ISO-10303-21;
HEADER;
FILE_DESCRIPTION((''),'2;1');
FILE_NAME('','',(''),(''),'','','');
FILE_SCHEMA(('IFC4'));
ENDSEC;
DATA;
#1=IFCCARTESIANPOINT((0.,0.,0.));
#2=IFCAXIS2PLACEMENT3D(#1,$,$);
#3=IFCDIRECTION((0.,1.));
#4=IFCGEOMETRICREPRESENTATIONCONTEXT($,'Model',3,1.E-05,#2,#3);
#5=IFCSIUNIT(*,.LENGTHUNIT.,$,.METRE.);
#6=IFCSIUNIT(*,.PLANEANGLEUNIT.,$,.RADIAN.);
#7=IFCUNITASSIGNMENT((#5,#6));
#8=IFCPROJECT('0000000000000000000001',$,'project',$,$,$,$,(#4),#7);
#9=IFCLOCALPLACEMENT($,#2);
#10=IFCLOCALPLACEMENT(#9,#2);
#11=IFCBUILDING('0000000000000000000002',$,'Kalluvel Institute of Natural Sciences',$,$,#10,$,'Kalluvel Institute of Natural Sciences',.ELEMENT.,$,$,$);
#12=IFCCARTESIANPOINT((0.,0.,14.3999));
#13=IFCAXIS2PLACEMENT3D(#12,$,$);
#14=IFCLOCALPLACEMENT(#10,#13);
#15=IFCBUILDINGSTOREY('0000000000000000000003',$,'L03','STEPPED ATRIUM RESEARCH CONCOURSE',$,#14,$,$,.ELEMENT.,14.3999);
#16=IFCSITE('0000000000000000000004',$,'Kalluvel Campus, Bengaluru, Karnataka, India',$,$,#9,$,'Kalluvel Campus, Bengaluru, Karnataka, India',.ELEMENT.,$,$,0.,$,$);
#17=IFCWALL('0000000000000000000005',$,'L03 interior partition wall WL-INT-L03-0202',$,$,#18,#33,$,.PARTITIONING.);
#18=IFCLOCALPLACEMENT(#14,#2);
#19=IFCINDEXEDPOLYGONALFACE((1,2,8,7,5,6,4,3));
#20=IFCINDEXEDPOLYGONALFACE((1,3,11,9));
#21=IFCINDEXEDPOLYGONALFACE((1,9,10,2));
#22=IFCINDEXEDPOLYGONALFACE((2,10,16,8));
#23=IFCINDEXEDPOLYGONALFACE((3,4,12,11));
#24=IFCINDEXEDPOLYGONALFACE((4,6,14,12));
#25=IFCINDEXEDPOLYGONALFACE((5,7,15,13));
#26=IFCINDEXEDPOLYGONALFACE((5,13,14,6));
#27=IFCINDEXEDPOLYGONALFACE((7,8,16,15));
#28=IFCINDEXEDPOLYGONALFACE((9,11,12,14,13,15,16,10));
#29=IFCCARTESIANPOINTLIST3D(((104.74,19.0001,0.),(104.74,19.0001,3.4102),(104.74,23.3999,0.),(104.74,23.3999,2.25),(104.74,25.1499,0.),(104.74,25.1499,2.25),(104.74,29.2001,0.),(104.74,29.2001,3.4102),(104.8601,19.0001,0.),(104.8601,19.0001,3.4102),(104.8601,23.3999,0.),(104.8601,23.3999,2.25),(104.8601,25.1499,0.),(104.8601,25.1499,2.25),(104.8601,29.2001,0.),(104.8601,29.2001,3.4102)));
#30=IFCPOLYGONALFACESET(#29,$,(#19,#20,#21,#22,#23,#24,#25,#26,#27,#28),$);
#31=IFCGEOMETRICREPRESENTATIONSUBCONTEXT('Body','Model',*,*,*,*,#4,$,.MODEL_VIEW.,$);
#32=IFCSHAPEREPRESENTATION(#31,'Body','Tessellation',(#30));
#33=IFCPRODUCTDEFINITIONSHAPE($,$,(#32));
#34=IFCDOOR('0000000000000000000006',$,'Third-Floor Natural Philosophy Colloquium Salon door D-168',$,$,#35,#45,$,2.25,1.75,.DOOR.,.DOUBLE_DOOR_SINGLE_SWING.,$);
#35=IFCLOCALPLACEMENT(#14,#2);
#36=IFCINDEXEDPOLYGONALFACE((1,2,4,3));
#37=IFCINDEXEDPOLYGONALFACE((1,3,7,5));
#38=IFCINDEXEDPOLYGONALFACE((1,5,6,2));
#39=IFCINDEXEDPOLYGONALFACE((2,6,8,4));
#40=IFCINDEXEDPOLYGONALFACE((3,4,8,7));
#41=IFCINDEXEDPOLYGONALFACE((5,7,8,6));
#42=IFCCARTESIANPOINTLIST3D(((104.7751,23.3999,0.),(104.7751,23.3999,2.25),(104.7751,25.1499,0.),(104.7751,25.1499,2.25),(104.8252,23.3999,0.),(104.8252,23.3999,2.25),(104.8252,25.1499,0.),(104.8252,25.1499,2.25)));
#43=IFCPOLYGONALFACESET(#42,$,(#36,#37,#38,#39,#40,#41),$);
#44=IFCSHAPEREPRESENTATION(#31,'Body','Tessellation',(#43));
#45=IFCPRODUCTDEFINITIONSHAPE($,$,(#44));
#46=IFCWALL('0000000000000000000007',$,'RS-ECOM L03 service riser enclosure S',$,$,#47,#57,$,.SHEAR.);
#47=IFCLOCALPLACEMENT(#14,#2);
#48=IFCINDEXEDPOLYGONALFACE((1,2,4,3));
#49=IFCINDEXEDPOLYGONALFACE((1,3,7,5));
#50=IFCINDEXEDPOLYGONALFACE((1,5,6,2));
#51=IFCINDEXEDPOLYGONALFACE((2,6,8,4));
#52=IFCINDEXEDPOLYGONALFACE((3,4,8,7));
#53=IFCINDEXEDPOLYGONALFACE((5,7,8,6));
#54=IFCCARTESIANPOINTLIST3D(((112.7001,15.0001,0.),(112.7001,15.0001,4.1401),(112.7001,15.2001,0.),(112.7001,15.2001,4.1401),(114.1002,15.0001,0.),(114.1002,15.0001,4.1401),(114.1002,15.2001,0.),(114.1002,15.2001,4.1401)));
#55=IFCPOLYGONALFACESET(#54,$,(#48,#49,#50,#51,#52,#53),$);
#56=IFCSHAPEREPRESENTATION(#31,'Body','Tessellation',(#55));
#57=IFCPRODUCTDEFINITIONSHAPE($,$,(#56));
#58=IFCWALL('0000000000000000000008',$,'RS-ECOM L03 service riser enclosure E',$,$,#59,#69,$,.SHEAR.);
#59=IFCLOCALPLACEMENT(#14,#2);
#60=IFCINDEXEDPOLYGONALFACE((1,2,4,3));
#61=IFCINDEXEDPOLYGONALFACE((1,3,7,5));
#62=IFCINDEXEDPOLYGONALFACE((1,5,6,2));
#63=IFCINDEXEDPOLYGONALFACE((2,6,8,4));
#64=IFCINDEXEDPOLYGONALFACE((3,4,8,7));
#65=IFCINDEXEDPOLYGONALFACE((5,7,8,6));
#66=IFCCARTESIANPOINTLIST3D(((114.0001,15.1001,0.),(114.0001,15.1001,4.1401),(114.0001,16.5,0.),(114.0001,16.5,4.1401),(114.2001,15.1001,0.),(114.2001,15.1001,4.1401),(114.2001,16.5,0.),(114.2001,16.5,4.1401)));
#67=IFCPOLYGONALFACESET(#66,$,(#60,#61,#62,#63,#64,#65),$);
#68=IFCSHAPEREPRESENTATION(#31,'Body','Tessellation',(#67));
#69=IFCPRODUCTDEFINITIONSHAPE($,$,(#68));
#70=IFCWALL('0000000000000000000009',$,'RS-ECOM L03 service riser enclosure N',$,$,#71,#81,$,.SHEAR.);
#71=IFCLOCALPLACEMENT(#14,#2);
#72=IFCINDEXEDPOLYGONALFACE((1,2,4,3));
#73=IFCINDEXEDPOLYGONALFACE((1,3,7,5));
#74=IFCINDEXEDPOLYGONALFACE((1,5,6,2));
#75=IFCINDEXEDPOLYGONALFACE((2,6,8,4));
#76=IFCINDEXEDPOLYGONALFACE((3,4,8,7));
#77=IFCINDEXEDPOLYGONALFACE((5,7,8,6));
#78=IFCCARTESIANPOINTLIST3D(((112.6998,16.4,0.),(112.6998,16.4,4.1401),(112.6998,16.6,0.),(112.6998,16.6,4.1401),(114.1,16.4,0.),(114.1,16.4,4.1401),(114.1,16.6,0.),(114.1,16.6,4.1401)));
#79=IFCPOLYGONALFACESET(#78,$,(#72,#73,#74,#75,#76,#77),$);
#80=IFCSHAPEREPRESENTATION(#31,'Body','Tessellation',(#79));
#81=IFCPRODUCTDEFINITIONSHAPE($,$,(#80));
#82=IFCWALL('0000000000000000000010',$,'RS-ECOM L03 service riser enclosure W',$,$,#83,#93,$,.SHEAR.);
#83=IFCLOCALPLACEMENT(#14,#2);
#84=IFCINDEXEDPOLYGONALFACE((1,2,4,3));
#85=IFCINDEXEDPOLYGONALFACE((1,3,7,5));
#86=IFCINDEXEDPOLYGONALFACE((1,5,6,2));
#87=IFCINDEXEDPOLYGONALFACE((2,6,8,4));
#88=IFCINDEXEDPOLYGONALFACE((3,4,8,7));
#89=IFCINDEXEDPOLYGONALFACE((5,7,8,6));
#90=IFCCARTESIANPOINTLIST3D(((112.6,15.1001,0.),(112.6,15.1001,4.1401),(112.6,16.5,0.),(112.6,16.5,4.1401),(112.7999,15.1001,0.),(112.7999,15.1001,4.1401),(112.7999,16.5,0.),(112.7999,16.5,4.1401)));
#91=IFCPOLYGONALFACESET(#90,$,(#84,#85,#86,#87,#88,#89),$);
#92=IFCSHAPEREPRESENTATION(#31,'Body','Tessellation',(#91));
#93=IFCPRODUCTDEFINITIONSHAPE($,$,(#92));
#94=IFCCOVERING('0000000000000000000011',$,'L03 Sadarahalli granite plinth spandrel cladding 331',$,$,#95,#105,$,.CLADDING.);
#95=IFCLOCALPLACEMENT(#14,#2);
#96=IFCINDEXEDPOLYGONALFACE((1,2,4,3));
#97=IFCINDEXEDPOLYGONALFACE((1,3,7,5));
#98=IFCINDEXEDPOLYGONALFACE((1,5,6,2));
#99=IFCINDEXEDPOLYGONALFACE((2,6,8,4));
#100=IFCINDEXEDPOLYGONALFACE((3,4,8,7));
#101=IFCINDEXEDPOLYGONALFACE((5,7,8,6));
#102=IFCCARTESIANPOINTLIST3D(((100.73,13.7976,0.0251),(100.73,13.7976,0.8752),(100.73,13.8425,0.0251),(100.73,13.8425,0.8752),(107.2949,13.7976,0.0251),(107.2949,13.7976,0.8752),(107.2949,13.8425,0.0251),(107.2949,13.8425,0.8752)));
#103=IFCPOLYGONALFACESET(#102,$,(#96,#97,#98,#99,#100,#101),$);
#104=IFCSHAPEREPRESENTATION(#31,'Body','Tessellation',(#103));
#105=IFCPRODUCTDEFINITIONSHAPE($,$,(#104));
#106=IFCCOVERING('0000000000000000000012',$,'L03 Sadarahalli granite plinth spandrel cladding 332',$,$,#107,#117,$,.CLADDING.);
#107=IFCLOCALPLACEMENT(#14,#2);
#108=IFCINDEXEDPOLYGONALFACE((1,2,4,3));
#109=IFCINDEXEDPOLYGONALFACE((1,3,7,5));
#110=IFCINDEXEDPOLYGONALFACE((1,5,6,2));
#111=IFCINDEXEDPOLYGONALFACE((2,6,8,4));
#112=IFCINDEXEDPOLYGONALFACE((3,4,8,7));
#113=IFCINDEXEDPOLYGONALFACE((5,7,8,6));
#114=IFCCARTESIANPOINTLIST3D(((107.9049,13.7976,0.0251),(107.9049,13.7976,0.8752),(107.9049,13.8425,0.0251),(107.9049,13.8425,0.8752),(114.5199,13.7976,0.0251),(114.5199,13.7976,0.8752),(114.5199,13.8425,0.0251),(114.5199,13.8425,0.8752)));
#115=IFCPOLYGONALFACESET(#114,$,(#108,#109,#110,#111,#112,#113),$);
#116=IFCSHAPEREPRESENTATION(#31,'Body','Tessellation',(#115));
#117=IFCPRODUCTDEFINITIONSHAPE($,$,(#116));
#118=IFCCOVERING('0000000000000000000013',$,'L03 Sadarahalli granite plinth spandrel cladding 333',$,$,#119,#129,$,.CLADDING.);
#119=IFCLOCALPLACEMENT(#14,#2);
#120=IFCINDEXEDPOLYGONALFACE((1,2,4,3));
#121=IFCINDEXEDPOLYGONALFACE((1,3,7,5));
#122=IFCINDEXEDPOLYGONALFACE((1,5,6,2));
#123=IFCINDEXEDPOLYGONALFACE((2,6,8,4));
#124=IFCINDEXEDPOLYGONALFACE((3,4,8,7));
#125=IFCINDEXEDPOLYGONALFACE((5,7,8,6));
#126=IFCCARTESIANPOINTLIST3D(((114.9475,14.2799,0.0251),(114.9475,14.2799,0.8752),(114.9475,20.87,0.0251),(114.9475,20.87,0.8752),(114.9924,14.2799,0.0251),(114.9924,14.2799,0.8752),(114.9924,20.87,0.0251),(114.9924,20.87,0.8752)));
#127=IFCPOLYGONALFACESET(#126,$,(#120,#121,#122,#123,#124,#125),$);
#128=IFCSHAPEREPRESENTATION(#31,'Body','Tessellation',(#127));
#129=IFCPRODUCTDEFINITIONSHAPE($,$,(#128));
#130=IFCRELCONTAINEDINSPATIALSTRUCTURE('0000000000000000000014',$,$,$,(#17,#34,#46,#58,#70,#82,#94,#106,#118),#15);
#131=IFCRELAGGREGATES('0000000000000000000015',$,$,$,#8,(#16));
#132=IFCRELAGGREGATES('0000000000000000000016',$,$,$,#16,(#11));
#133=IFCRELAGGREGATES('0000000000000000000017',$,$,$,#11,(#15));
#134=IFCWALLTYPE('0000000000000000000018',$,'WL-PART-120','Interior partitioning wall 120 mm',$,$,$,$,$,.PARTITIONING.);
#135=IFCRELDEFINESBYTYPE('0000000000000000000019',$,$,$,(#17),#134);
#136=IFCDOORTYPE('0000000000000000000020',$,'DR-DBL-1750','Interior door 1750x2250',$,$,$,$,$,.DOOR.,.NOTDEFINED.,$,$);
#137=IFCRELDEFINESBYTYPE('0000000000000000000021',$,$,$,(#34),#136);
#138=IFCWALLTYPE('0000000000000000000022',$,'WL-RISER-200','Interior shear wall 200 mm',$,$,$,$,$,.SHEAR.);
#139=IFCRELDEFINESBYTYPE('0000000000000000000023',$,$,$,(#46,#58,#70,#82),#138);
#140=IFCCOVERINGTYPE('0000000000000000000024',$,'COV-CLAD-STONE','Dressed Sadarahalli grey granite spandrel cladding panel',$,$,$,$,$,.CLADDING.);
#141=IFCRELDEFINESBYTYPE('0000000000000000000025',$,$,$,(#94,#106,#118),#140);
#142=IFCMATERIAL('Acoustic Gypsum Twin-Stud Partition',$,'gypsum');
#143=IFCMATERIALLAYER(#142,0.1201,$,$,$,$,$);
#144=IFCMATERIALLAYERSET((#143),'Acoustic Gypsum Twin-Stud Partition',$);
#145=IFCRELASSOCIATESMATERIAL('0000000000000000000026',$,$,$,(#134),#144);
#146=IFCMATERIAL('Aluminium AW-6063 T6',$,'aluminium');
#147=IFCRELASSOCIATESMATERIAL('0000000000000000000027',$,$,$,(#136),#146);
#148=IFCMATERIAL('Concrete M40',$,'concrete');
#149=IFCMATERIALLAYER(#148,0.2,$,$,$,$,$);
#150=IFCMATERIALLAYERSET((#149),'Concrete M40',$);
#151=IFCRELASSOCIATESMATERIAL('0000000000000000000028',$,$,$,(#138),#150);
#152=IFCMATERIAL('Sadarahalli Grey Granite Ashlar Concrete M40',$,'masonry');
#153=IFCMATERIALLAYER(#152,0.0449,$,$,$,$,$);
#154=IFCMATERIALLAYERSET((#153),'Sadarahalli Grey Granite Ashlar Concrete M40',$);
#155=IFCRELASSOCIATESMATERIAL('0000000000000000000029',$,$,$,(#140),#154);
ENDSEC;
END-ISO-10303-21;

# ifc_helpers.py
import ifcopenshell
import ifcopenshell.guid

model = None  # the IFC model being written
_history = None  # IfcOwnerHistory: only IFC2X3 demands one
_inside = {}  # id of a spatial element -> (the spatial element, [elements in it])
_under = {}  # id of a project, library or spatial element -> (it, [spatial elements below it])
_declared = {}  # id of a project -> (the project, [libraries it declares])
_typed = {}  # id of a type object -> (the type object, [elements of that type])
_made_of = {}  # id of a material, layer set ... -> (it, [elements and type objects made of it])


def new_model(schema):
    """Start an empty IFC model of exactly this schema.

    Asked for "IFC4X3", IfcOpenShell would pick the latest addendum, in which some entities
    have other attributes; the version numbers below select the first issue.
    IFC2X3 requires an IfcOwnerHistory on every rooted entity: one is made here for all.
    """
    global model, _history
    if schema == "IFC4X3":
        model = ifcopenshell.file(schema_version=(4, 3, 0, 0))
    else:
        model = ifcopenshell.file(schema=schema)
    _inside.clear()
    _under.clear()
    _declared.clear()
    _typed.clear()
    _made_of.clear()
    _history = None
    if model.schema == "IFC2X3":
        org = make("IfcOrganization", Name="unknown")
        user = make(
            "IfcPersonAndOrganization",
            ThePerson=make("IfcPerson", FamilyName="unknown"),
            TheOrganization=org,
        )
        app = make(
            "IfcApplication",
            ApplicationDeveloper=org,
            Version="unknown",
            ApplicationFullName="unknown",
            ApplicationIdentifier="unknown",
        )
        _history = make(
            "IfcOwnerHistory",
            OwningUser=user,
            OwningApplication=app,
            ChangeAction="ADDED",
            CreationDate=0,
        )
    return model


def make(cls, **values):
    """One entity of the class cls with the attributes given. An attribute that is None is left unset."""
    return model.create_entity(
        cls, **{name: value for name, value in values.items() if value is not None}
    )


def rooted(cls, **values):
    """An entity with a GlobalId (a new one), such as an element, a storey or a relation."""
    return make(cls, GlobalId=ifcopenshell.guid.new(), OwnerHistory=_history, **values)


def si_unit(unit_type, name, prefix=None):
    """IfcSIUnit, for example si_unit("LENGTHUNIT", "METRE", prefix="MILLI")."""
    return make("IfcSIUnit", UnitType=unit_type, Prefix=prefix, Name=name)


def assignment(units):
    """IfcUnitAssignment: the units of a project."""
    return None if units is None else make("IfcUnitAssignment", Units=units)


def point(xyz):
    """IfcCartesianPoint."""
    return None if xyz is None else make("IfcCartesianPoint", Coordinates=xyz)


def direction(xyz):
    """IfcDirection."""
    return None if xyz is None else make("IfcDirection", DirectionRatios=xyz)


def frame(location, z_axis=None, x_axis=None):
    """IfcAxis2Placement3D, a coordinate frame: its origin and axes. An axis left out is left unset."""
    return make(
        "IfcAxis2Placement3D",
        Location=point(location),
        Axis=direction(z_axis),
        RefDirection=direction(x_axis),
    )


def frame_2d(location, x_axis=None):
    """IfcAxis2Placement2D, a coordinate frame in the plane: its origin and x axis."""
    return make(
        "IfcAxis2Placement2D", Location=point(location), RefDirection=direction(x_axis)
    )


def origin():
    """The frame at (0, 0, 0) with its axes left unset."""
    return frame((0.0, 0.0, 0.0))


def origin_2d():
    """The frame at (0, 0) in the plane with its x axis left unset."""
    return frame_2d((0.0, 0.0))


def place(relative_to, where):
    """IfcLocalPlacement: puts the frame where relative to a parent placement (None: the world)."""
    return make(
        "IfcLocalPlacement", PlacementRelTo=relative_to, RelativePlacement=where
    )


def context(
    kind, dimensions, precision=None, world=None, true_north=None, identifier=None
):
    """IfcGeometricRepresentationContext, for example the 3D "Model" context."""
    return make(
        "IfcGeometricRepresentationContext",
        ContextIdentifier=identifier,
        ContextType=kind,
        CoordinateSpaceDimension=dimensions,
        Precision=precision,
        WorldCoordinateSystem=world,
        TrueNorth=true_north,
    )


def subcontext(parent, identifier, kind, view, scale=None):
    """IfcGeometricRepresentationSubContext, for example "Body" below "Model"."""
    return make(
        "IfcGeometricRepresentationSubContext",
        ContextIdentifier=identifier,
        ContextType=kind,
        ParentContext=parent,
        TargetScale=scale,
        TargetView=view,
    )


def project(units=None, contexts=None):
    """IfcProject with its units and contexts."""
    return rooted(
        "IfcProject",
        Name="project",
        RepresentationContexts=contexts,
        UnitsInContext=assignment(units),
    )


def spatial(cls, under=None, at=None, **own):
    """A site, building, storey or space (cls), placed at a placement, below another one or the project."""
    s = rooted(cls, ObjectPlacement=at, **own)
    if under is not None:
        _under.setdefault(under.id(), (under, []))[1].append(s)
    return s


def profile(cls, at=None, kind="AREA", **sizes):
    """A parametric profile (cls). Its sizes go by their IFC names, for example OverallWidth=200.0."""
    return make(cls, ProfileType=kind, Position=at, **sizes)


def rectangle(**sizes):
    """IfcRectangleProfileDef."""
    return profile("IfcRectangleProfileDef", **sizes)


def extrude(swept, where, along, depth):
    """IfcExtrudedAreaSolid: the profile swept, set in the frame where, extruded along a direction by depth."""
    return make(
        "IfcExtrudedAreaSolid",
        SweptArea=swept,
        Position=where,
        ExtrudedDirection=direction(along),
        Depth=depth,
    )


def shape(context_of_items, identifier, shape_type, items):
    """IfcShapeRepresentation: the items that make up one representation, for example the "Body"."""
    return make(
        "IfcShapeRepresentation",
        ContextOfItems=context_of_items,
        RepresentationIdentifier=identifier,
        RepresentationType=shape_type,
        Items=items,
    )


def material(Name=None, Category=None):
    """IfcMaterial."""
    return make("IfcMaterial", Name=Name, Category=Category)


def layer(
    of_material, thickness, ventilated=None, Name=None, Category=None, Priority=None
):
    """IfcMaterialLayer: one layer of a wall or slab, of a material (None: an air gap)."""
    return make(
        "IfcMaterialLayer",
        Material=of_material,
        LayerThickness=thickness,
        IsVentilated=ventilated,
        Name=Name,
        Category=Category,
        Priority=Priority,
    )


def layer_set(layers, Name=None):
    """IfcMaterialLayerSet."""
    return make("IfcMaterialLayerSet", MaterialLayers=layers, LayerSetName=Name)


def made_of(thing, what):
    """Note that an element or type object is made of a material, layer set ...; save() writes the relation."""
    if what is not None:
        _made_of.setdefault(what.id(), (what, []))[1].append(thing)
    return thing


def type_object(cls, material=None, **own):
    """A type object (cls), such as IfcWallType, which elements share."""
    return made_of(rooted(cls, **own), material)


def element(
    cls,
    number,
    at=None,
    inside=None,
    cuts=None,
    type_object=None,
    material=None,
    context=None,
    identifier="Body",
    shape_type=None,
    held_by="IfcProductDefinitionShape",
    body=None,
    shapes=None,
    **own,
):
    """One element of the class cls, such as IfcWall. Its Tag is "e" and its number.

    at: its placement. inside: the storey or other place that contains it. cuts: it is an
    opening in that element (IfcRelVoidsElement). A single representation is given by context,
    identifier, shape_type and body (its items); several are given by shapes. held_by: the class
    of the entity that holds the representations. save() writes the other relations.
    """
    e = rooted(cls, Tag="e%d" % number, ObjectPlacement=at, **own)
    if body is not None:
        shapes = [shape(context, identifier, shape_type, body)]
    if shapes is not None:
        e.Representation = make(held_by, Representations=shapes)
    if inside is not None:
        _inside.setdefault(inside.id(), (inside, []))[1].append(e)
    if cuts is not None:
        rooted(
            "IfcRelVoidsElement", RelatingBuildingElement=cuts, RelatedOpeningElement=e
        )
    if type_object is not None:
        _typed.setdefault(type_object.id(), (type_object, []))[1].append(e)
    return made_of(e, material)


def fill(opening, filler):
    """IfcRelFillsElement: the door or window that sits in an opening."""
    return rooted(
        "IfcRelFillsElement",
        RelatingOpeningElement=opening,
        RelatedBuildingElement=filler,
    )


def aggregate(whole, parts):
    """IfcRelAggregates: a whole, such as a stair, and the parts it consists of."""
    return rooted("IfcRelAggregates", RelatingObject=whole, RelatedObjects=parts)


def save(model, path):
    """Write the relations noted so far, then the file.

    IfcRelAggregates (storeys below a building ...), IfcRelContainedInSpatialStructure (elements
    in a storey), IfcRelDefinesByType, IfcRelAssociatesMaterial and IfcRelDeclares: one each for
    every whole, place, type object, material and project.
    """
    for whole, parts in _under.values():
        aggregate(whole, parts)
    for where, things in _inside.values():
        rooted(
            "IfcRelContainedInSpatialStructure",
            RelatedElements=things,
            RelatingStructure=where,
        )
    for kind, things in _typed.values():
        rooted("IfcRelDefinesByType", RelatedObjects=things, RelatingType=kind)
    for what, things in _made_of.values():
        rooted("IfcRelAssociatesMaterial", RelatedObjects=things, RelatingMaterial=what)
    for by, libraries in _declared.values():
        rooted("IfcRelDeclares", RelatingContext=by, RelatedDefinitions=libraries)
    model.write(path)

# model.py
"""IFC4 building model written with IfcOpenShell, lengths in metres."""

from ifc_helpers import new_model, si_unit, direction, frame, frame_2d, origin, origin_2d, place, context, subcontext, project, spatial, rectangle, extrude, material, layer, layer_set, type_object, element, fill, save


model = new_model("IFC4")

# Units and contexts
model_context = context("Model", 3, precision=1e-05, world=origin(), true_north=direction((0.0, 1.0)))
body_context = subcontext(model_context, "Body", "Model", "MODEL_VIEW")
ifc_project = project(units=[si_unit("LENGTHUNIT", "METRE"), si_unit("PLANEANGLEUNIT", "RADIAN")], contexts=[model_context])

# Site, building, storey
site_placement = place(None, origin())
site = spatial("IfcSite", under=ifc_project, at=site_placement, Name="Kalluvel Campus, Bengaluru, Karnataka, India", LongName="Kalluvel Campus, Bengaluru, Karnataka, India", CompositionType="ELEMENT", RefElevation=0.0)
building_placement = place(site_placement, origin())
building = spatial("IfcBuilding", under=site, at=building_placement, Name="Kalluvel Institute of Natural Sciences", LongName="Kalluvel Institute of Natural Sciences", CompositionType="ELEMENT")
storey_placement = place(building_placement, frame((0.0, 0.0, 14.3999)))
storey = spatial("IfcBuildingStorey", under=building, at=storey_placement, Name="L03", Description="STEPPED ATRIUM RESEARCH CONCOURSE", CompositionType="ELEMENT", Elevation=14.3999)

# Shared definitions
ifc_material_1 = material(Name="Concrete M40", Category="concrete")

# Shared definitions
ifc_material_2 = material(Name="Sadarahalli Grey Granite Ashlar Concrete M40", Category="masonry")

# Wall, opening, door
ifc_material_3 = material(Name="Acoustic Gypsum Twin-Stud Partition", Category="gypsum")
ifc_layer_1 = layer(ifc_material_3, 0.1201)
ifc_layer_set_1 = layer_set([ifc_layer_1], Name="Acoustic Gypsum Twin-Stud Partition")
wall_type_1 = type_object("IfcWallType", Name="WL-PART-120", Description="Interior partitioning wall 120 mm", PredefinedType="PARTITIONING", material=ifc_layer_set_1)
wall_1_placement = place(storey_placement, frame((104.8, 19.0, 0.0), z_axis=(0.0, 0.0, 1.0), x_axis=(0.0, 1.0, 0.0)))
wall_1 = element("IfcWall", 1, at=wall_1_placement, inside=storey, type_object=wall_type_1, Name="L03 interior partition wall WL-INT-L03-0202", PredefinedType="PARTITIONING", context=body_context, shape_type="SweptSolid", body=[
    extrude(rectangle(XDim=10.2, YDim=0.1201, at=frame_2d((5.1001, 0.0))), origin(), (0.0, 0.0, 1.0), 3.4102),
])
opening_1_placement = place(wall_1_placement, frame((4.3999, 0.0, 0.0)))
opening_1 = element("IfcOpeningElement", 2, at=opening_1_placement, cuts=wall_1, PredefinedType="OPENING", context=body_context, shape_type="SweptSolid", body=[
    extrude(rectangle(XDim=1.75, YDim=2.25, at=frame_2d((0.875, 1.125))), frame((0.0, 0.0701, 0.0), z_axis=(0.0, -1.0, 0.0), x_axis=(1.0, 0.0, 0.0)), (0.0, 0.0, 1.0), 0.1401),
])
ifc_material_4 = material(Name="Aluminium AW-6063 T6", Category="aluminium")
door_type_1 = type_object("IfcDoorType", Name="DR-DBL-1750", Description="Interior door 1750x2250", OperationType="NOTDEFINED", PredefinedType="DOOR", material=ifc_material_4)
door_1_placement = place(opening_1_placement, origin())
door_1 = element("IfcDoor", 3, at=door_1_placement, inside=storey, type_object=door_type_1, Name="Third-Floor Natural Philosophy Colloquium Salon door D-168", OperationType="DOUBLE_DOOR_SINGLE_SWING", OverallHeight=2.25, OverallWidth=1.75, PredefinedType="DOOR", context=body_context, shape_type="SweptSolid", body=[
    extrude(rectangle(XDim=1.75, YDim=2.25, at=frame_2d((0.875, 1.125))), frame((0.0, 0.0249, 0.0), z_axis=(0.0, -1.0, 0.0), x_axis=(1.0, 0.0, 0.0)), (0.0, 0.0, 1.0), 0.05),
])
fill(opening_1, door_1)

# Walls
ifc_layer_2 = layer(ifc_material_1, 0.2)
ifc_layer_set_2 = layer_set([ifc_layer_2], Name="Concrete M40")
wall_type_2 = type_object("IfcWallType", Name="WL-RISER-200", Description="Interior shear wall 200 mm", PredefinedType="SHEAR", material=ifc_layer_set_2)
wall_2_placement = place(storey_placement, frame((112.7, 15.1001, 0.0), z_axis=(0.0, 0.0, 1.0), x_axis=(1.0, 0.0, 0.0)))
element("IfcWall", 4, at=wall_2_placement, inside=storey, type_object=wall_type_2, Name="RS-ECOM L03 service riser enclosure S", PredefinedType="SHEAR", context=body_context, shape_type="SweptSolid", body=[
    extrude(rectangle(XDim=1.4001, YDim=0.2, at=frame_2d((0.7002, 0.0))), origin(), (0.0, 0.0, 1.0), 4.1401),
])
wall_3_placement = place(storey_placement, frame((114.1001, 15.1001, 0.0), z_axis=(0.0, 0.0, 1.0), x_axis=(0.0, 1.0, 0.0)))
element("IfcWall", 5, at=wall_3_placement, inside=storey, type_object=wall_type_2, Name="RS-ECOM L03 service riser enclosure E", PredefinedType="SHEAR", context=body_context, shape_type="SweptSolid", body=[
    extrude(rectangle(XDim=1.3999, YDim=0.2, at=frame_2d((0.7, 0.0))), origin(), (0.0, 0.0, 1.0), 4.1401),
])
wall_4_placement = place(storey_placement, frame((114.1001, 16.5, 0.0), z_axis=(0.0, 0.0, 1.0), x_axis=(-1.0, 0.0, 0.0)))
element("IfcWall", 6, at=wall_4_placement, inside=storey, type_object=wall_type_2, Name="RS-ECOM L03 service riser enclosure N", PredefinedType="SHEAR", context=body_context, shape_type="SweptSolid", body=[
    extrude(rectangle(XDim=1.4001, YDim=0.2, at=frame_2d((0.7002, 0.0))), origin(), (0.0, 0.0, 1.0), 4.1401),
])
wall_5_placement = place(storey_placement, frame((112.7, 16.5, 0.0), z_axis=(0.0, 0.0, 1.0), x_axis=(0.0, -1.0, 0.0)))
element("IfcWall", 7, at=wall_5_placement, inside=storey, type_object=wall_type_2, Name="RS-ECOM L03 service riser enclosure W", PredefinedType="SHEAR", context=body_context, shape_type="SweptSolid", body=[
    extrude(rectangle(XDim=1.3999, YDim=0.2, at=frame_2d((0.7, 0.0))), origin(), (0.0, 0.0, 1.0), 4.1401),
])

# Coverings
ifc_layer_3 = layer(ifc_material_2, 0.0449)
ifc_layer_set_3 = layer_set([ifc_layer_3], Name="Sadarahalli Grey Granite Ashlar Concrete M40")
covering_type = type_object("IfcCoveringType", Name="COV-CLAD-STONE", Description="Dressed Sadarahalli grey granite spandrel cladding panel", PredefinedType="CLADDING", material=ifc_layer_set_3)
covering_1_placement = place(storey_placement, frame((104.0125, 13.8201, 0.0251), z_axis=(0.0, 0.0, 1.0), x_axis=(1.0, 0.0, 0.0)))
element("IfcCovering", 8, at=covering_1_placement, inside=storey, type_object=covering_type, Name="L03 Sadarahalli granite plinth spandrel cladding 331", PredefinedType="CLADDING", context=body_context, shape_type="SweptSolid", body=[
    extrude(rectangle(XDim=6.5649, YDim=0.0449, at=origin_2d()), origin(), (0.0, 0.0, 1.0), 0.8501),
])
covering_2_placement = place(storey_placement, frame((111.2124, 13.8201, 0.0251), z_axis=(0.0, 0.0, 1.0), x_axis=(1.0, 0.0, 0.0)))
element("IfcCovering", 9, at=covering_2_placement, inside=storey, type_object=covering_type, Name="L03 Sadarahalli granite plinth spandrel cladding 332", PredefinedType="CLADDING", context=body_context, shape_type="SweptSolid", body=[
    extrude(rectangle(XDim=6.615, YDim=0.0449, at=origin_2d()), origin(), (0.0, 0.0, 1.0), 0.8501),
])
covering_3_placement = place(storey_placement, frame((114.97, 17.575, 0.0251), z_axis=(0.0, 0.0, 1.0), x_axis=(0.0, 1.0, 0.0)))
element("IfcCovering", 10, at=covering_3_placement, inside=storey, type_object=covering_type, Name="L03 Sadarahalli granite plinth spandrel cladding 333", PredefinedType="CLADDING", context=body_context, shape_type="SweptSolid", body=[
    extrude(rectangle(XDim=6.5901, YDim=0.0449, at=origin_2d()), origin(), (0.0, 0.0, 1.0), 0.8501),
])

save(model, "model.ifc")
